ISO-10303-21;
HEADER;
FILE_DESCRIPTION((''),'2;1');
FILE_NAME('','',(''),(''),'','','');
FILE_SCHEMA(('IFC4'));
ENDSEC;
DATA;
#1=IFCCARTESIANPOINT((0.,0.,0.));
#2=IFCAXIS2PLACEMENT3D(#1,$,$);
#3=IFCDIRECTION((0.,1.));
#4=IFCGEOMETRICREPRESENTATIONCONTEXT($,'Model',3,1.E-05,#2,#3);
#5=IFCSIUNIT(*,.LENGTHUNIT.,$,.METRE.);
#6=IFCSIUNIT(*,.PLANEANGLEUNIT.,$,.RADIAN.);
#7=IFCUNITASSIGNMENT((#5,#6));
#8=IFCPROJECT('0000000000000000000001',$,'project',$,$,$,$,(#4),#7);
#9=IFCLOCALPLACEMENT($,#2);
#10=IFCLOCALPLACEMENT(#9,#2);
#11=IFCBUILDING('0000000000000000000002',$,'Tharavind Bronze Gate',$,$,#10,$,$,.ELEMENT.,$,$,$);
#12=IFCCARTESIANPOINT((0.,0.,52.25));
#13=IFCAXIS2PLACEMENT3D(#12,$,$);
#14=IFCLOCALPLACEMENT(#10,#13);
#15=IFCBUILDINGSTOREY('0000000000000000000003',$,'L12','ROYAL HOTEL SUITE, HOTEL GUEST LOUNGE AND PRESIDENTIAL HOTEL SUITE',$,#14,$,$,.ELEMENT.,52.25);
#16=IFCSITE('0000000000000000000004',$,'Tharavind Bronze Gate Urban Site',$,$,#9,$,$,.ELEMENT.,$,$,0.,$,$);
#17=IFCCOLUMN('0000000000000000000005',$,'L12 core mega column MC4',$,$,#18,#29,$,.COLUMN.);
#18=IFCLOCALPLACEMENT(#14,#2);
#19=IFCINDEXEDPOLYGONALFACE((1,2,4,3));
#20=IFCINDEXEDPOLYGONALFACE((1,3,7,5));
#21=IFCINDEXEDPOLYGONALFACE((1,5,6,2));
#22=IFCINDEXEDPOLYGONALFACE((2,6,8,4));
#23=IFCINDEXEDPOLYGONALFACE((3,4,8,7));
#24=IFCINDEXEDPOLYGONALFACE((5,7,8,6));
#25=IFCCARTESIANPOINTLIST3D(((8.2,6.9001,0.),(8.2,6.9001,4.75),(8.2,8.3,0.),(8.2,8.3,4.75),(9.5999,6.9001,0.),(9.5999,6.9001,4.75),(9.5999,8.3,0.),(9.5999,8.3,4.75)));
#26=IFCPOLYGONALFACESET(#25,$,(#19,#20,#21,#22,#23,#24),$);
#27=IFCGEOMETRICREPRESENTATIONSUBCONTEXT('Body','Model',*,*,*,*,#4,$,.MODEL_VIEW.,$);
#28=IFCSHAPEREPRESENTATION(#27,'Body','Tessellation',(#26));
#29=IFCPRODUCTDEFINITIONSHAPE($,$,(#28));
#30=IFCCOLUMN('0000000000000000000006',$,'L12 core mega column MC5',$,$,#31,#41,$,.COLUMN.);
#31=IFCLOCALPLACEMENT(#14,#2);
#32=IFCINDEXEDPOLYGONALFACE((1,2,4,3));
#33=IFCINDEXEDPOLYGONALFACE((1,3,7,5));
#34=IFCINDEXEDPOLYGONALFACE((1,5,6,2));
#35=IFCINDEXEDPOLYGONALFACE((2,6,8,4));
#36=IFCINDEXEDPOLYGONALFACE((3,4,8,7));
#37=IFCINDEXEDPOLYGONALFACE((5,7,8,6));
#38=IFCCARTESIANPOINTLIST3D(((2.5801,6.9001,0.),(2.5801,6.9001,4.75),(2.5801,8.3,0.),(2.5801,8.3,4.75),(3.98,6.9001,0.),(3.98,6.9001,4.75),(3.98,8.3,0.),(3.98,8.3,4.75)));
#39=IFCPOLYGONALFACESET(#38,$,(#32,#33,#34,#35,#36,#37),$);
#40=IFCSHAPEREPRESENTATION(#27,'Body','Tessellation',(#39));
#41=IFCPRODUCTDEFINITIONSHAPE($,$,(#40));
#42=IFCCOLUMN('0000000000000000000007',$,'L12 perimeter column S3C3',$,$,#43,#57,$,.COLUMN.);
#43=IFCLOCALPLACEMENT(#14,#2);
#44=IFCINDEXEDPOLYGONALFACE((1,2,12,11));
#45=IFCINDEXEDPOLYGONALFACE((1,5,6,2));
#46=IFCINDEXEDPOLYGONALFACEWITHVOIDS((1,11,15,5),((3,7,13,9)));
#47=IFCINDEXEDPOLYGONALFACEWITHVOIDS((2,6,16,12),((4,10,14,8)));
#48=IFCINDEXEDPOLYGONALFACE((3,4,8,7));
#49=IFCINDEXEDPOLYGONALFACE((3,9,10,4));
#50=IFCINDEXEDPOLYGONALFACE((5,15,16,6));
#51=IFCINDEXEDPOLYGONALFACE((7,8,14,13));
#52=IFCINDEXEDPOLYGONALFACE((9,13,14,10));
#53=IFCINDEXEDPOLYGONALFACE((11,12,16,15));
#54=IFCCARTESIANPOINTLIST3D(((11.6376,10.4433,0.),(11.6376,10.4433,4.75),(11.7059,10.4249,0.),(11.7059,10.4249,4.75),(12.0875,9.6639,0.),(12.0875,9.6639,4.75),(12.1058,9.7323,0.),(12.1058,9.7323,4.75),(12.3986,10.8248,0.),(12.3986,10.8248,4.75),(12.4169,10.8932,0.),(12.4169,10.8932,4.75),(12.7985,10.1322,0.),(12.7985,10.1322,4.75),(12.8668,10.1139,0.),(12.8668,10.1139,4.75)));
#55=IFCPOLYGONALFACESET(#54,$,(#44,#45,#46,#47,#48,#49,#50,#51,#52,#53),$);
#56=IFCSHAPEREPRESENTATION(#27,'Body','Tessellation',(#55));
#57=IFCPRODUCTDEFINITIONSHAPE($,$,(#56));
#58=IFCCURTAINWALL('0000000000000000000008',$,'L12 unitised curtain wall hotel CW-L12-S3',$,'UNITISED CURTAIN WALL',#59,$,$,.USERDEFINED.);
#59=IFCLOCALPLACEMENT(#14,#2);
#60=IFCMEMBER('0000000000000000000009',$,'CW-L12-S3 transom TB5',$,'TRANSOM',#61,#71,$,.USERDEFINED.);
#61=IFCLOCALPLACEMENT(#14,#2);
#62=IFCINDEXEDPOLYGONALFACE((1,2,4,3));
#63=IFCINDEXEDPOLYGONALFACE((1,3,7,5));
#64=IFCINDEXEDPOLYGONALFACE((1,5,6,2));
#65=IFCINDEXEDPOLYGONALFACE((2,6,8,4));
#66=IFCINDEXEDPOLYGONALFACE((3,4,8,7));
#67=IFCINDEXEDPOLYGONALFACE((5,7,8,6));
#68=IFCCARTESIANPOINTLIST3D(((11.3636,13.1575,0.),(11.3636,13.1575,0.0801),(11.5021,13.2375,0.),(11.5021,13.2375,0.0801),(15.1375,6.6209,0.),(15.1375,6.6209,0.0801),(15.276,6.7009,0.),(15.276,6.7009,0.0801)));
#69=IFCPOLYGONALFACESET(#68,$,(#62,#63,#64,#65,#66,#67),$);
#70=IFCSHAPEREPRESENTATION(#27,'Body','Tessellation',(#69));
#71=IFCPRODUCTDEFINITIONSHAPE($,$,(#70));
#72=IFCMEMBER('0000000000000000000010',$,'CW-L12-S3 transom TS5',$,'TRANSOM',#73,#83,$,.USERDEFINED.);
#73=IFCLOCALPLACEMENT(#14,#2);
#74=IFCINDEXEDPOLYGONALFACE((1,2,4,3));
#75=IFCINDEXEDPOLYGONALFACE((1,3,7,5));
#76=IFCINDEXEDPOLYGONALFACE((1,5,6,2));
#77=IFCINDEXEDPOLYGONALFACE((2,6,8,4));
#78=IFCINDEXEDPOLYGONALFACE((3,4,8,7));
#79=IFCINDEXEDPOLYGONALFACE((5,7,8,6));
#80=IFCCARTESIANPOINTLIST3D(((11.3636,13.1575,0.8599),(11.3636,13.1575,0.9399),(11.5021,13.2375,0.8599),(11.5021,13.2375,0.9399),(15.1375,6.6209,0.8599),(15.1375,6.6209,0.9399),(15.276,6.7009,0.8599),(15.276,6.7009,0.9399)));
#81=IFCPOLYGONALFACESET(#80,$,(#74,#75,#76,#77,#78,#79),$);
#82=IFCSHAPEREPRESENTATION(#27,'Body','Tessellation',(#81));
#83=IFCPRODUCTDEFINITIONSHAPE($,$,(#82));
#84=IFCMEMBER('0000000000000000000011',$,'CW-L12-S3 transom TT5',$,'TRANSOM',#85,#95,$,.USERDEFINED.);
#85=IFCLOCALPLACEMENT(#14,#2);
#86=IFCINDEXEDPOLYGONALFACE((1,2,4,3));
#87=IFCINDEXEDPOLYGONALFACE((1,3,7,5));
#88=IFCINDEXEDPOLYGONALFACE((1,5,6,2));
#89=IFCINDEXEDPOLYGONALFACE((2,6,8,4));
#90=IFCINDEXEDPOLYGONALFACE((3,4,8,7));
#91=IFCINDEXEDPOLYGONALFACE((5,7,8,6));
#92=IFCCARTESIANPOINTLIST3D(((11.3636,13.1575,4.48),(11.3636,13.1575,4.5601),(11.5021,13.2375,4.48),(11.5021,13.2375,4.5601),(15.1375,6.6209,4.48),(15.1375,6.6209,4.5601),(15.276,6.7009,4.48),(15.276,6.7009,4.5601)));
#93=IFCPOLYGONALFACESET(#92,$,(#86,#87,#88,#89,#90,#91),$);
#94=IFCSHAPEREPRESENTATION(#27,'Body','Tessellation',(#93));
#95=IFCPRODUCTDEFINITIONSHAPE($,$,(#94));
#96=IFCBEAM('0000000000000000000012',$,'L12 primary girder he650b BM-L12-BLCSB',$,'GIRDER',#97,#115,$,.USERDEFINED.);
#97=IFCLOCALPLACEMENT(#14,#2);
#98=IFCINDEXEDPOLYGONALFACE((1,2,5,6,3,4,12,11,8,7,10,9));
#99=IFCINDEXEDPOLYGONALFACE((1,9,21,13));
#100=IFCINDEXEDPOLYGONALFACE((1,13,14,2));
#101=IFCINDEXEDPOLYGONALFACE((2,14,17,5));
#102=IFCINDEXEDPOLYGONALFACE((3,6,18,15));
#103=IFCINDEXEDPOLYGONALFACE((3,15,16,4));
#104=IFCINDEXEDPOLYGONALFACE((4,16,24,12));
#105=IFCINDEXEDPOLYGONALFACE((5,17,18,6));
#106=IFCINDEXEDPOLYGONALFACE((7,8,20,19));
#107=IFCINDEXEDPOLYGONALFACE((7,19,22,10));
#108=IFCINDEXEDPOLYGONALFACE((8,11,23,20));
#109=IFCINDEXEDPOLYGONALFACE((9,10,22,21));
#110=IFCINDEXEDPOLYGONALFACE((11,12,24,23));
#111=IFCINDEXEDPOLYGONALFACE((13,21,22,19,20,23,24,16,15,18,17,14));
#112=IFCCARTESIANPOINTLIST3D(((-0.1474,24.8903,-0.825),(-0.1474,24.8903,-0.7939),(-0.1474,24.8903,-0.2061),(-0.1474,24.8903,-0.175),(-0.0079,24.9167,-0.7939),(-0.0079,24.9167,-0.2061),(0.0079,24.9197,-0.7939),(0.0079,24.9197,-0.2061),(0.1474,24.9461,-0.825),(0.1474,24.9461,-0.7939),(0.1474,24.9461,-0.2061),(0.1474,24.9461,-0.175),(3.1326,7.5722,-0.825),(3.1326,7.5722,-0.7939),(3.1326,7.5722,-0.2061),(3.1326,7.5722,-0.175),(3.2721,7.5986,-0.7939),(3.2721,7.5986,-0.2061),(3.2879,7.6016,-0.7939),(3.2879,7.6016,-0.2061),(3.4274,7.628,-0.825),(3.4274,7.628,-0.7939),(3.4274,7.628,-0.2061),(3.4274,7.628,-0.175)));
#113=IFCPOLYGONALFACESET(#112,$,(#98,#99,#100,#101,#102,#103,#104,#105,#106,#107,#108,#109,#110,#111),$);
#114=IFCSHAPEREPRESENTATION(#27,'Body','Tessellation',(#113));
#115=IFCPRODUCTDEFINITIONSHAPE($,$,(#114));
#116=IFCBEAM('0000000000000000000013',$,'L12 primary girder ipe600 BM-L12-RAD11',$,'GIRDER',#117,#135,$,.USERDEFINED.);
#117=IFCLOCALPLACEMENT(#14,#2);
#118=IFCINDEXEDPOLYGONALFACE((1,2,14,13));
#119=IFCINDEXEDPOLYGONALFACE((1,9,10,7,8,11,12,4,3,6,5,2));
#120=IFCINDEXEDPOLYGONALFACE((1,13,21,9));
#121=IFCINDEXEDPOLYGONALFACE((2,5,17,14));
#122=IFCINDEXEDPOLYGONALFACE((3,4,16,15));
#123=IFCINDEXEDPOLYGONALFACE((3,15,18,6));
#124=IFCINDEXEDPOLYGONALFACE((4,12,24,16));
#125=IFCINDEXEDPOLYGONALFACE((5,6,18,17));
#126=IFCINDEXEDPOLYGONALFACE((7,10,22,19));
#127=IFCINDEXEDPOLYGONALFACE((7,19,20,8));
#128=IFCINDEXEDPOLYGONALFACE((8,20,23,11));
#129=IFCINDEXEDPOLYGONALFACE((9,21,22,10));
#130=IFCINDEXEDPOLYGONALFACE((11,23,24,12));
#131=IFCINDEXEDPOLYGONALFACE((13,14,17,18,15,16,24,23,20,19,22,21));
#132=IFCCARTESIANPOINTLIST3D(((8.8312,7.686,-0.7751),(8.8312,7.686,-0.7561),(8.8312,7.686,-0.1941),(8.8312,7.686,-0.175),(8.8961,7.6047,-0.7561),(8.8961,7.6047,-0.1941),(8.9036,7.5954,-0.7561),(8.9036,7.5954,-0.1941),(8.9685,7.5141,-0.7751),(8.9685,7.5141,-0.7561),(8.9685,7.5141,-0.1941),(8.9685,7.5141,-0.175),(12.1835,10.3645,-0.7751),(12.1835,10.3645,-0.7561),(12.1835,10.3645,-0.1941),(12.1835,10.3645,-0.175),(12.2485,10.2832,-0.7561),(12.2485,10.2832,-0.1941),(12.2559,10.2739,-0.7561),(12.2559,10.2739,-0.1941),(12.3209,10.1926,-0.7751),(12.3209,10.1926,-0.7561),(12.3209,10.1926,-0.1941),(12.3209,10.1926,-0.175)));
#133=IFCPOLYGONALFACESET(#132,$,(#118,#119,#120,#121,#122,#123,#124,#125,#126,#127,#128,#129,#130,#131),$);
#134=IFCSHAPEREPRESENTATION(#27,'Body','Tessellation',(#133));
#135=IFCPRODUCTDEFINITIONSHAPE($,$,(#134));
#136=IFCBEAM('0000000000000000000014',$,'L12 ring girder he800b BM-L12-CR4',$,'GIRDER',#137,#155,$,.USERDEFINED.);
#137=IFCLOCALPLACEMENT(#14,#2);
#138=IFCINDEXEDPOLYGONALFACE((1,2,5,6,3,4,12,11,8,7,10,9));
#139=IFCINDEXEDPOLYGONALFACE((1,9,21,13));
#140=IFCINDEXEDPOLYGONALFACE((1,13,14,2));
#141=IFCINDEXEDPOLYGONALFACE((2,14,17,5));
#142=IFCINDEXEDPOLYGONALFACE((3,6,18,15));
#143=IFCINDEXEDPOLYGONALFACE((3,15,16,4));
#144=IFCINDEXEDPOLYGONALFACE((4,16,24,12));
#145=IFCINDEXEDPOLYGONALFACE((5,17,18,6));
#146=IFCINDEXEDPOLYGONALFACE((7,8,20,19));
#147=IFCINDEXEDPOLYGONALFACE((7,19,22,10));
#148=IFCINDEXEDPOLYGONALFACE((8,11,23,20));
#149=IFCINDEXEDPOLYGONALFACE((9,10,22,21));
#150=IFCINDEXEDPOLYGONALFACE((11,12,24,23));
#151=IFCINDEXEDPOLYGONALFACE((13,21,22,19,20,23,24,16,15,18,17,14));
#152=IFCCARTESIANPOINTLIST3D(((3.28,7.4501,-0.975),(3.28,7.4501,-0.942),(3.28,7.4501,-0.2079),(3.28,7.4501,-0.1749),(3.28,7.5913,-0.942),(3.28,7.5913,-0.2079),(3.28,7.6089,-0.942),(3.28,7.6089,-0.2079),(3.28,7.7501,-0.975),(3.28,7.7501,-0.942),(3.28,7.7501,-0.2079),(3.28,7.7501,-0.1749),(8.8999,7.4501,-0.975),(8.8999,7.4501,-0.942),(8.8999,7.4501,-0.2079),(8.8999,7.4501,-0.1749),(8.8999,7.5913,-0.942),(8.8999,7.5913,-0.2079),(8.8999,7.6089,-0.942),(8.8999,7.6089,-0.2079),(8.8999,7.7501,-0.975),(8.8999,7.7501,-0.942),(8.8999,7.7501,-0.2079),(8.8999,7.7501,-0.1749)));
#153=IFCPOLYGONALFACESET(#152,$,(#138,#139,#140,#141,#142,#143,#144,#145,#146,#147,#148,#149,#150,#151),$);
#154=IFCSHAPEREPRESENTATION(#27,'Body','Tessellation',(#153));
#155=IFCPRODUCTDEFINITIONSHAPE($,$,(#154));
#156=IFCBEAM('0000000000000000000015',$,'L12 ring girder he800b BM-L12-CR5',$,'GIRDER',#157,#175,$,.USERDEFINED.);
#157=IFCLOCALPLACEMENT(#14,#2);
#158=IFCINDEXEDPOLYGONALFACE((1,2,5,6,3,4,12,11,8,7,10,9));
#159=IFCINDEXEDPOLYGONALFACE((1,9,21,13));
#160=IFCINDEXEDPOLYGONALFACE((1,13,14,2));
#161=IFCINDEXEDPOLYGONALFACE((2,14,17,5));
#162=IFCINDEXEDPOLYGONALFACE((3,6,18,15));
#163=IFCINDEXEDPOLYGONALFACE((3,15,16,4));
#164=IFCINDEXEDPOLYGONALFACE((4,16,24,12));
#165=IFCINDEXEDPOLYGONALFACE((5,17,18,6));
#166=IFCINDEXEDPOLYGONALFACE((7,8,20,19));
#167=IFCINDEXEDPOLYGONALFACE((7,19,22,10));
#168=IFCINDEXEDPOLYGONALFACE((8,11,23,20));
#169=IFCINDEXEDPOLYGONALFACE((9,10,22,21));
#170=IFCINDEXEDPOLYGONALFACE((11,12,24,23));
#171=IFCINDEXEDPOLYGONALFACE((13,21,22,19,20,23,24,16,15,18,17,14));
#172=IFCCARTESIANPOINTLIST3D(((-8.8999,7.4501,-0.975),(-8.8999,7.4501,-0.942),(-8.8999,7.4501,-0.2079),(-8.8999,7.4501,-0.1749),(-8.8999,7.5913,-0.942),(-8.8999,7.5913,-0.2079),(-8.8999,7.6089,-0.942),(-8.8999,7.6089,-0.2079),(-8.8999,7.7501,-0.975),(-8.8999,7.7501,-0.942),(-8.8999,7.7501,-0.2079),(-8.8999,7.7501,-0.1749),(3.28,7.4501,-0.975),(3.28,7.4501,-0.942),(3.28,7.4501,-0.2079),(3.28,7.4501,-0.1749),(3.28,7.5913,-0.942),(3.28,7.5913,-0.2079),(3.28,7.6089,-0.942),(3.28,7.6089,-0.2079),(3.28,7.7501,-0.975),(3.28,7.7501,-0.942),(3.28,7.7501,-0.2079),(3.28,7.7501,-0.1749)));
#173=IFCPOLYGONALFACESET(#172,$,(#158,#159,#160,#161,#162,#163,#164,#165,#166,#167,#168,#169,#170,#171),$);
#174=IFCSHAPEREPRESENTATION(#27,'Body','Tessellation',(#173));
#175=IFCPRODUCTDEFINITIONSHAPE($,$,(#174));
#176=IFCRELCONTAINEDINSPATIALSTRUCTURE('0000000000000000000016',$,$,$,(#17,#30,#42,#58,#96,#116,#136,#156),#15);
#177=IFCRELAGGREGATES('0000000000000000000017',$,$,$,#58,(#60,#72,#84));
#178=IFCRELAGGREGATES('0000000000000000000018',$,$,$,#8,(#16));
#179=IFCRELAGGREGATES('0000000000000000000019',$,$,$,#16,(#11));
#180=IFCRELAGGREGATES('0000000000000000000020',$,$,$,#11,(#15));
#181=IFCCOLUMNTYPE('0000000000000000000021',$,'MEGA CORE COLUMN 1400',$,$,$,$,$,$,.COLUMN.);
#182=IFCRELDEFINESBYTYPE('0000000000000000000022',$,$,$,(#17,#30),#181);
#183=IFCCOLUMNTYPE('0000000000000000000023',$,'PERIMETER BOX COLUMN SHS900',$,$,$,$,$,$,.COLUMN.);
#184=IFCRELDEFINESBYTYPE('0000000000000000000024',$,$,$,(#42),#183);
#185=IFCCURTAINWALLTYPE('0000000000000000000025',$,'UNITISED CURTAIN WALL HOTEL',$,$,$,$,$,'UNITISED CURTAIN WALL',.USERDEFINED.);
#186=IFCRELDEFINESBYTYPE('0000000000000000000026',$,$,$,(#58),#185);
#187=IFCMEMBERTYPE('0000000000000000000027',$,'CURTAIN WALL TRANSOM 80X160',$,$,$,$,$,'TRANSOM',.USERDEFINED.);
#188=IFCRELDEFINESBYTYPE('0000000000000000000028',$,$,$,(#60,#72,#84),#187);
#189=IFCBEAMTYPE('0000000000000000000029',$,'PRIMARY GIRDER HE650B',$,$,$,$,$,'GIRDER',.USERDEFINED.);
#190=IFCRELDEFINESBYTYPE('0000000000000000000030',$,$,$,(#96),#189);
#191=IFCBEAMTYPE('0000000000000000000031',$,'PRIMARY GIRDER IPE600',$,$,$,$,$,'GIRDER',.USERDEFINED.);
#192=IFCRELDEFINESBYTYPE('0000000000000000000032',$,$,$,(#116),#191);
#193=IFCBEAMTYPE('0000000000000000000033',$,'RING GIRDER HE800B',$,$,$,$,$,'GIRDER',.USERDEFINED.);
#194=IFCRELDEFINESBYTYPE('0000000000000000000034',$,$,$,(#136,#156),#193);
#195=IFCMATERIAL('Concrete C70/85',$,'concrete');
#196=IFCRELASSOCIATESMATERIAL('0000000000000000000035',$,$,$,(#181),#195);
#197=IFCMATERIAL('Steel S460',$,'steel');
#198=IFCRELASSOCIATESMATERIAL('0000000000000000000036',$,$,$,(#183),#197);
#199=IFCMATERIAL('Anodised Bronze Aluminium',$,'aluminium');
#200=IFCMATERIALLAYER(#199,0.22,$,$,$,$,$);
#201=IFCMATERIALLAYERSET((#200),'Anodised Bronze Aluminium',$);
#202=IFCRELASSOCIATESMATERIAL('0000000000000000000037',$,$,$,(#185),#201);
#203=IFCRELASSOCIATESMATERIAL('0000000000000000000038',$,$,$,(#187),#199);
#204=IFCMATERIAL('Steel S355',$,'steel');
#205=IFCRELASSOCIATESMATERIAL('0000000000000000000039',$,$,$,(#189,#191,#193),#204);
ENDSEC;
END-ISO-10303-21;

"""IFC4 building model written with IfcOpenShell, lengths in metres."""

from ifc_helpers import new_model, si_unit, direction, frame, origin, origin_2d, place, context, subcontext, project, spatial, rectangle, hollow_rectangle, i_section, extrude, material, layer, layer_set, material_profile, profile_set, type_object, element, aggregate, save


model = new_model("IFC4")

# Units and contexts
model_context = context("Model", 3, precision=1e-05, world=origin(), true_north=direction((0.0, 1.0)))
body_context = subcontext(model_context, "Body", "Model", "MODEL_VIEW")
ifc_project = project(units=[si_unit("LENGTHUNIT", "METRE"), si_unit("PLANEANGLEUNIT", "RADIAN")], contexts=[model_context])

# Site, building, storey
site_placement = place(None, origin())
site = spatial("IfcSite", under=ifc_project, at=site_placement, Name="Tharavind Bronze Gate Urban Site", CompositionType="ELEMENT", RefElevation=0.0)
building_placement = place(site_placement, origin())
building = spatial("IfcBuilding", under=site, at=building_placement, Name="Tharavind Bronze Gate", CompositionType="ELEMENT")
storey_placement = place(building_placement, frame((0.0, 0.0, 52.25)))
storey = spatial("IfcBuildingStorey", under=building, at=storey_placement, Name="L12", Description="ROYAL HOTEL SUITE, HOTEL GUEST LOUNGE AND PRESIDENTIAL HOTEL SUITE", CompositionType="ELEMENT", Elevation=52.25)

# Columns
ifc_material_1 = material(Name="Concrete C70/85", Category="concrete")
ifc_material_profile_1 = material_profile(ifc_material_1, rectangle(XDim=1.3999, YDim=1.3999, at=origin_2d()), Name="RCCOL1400")
ifc_profile_set_1 = profile_set([ifc_material_profile_1], Name="Concrete C70/85")
column_type_1 = type_object("IfcColumnType", Name="MEGA CORE COLUMN 1400", PredefinedType="COLUMN", material=ifc_profile_set_1)
for number, where, z_axis, x_axis, name in (
    (1, (8.8999, 7.6001, 0.0), (0.0, 0.0, 1.0), (1.0, 0.0, 0.0), "L12 core mega column MC4"),
    (2, (3.28, 7.6001, 0.0), (0.0, 0.0, 1.0), (1.0, 0.0, 0.0), "L12 core mega column MC5"),
):
    element("IfcColumn", number, at=place(storey_placement, frame(where, z_axis=z_axis, x_axis=x_axis)), inside=storey, type_object=column_type_1, Name=name, PredefinedType="COLUMN", context=body_context, shape_type="SweptSolid", body=[
        extrude(rectangle(XDim=1.3999, YDim=1.3999, at=origin_2d()), origin(), (0.0, 0.0, 1.0), 4.75),
    ])
ifc_material_2 = material(Name="Steel S460", Category="steel")
ifc_material_profile_2 = material_profile(ifc_material_2, hollow_rectangle(XDim=0.8999, YDim=0.8999, WallThickness=0.05, at=origin_2d()), Name="SHS900X50")
ifc_profile_set_2 = profile_set([ifc_material_profile_2], Name="Steel S460")
column_type_2 = type_object("IfcColumnType", Name="PERIMETER BOX COLUMN SHS900", PredefinedType="COLUMN", material=ifc_profile_set_2)
column_placement = place(storey_placement, frame((12.2522, 10.2786, 0.0), z_axis=(0.0, 0.0, 1.0), x_axis=(-0.500002, 0.866025, 0.0)))
element("IfcColumn", 3, at=column_placement, inside=storey, type_object=column_type_2, Name="L12 perimeter column S3C3", PredefinedType="COLUMN", context=body_context, shape_type="SweptSolid", body=[
    extrude(hollow_rectangle(XDim=0.8999, YDim=0.8999, WallThickness=0.05, at=origin_2d()), origin(), (0.0, 0.0, 1.0), 4.75),
])

# Curtain wall, members
ifc_material_3 = material(Name="Anodised Bronze Aluminium", Category="aluminium")
ifc_layer_1 = layer(ifc_material_3, 0.22)
ifc_layer_set_1 = layer_set([ifc_layer_1], Name="Anodised Bronze Aluminium")
curtain_wall_type = type_object("IfcCurtainWallType", Name="UNITISED CURTAIN WALL HOTEL", ElementType="UNITISED CURTAIN WALL", PredefinedType="USERDEFINED", material=ifc_layer_set_1)
curtain_wall_placement = place(storey_placement, origin())
curtain_wall = element("IfcCurtainWall", 4, at=curtain_wall_placement, inside=storey, type_object=curtain_wall_type, Name="L12 unitised curtain wall hotel CW-L12-S3", ObjectType="UNITISED CURTAIN WALL", PredefinedType="USERDEFINED")
member_type = type_object("IfcMemberType", Name="CURTAIN WALL TRANSOM 80X160", ElementType="TRANSOM", PredefinedType="USERDEFINED", material=ifc_material_3)
member_1_placement = place(storey_placement, frame((13.3198, 9.9292, 0.0), z_axis=(0.0, 0.0, 1.0), x_axis=(-0.500002, 0.866025, 0.0)))
member_1 = element("IfcMember", 5, at=member_1_placement, type_object=member_type, Name="CW-L12-S3 transom TB5", ObjectType="TRANSOM", PredefinedType="USERDEFINED", context=body_context, shape_type="SweptSolid", body=[
    extrude(rectangle(XDim=7.5479, YDim=0.1599, at=origin_2d()), origin(), (0.0, 0.0, 1.0), 0.0801),
])
member_2_placement = place(storey_placement, frame((13.3198, 9.9292, 0.8599), z_axis=(0.0, 0.0, 1.0), x_axis=(-0.500002, 0.866025, 0.0)))
member_2 = element("IfcMember", 6, at=member_2_placement, type_object=member_type, Name="CW-L12-S3 transom TS5", ObjectType="TRANSOM", PredefinedType="USERDEFINED", context=body_context, shape_type="SweptSolid", body=[
    extrude(rectangle(XDim=7.5479, YDim=0.1599, at=origin_2d()), origin(), (0.0, 0.0, 1.0), 0.0801),
])
member_3_placement = place(storey_placement, frame((13.3198, 9.9292, 4.48), z_axis=(0.0, 0.0, 1.0), x_axis=(-0.500002, 0.866025, 0.0)))
member_3 = element("IfcMember", 7, at=member_3_placement, type_object=member_type, Name="CW-L12-S3 transom TT5", ObjectType="TRANSOM", PredefinedType="USERDEFINED", context=body_context, shape_type="SweptSolid", body=[
    extrude(rectangle(XDim=7.5479, YDim=0.1599, at=origin_2d()), origin(), (0.0, 0.0, 1.0), 0.0801),
])

# Beams
ifc_material_4 = material(Name="Steel S355", Category="steel")
ifc_material_profile_3 = material_profile(ifc_material_4, i_section(OverallWidth=0.3, OverallDepth=0.6499, WebThickness=0.0161, FlangeThickness=0.031, at=origin_2d()), Name="HE650B")
ifc_profile_set_3 = profile_set([ifc_material_profile_3], Name="Steel S355")
beam_type_1 = type_object("IfcBeamType", Name="PRIMARY GIRDER HE650B", ElementType="GIRDER", PredefinedType="USERDEFINED", material=ifc_profile_set_3)
beam_1_placement = place(storey_placement, frame((3.28, 7.6001, -0.5), z_axis=(-0.18609, 0.982533, 0.0), x_axis=(-0.982533, -0.18609, 0.0)))
element("IfcBeam", 8, at=beam_1_placement, inside=storey, type_object=beam_type_1, Name="L12 primary girder he650b BM-L12-BLCSB", ObjectType="GIRDER", PredefinedType="USERDEFINED", context=body_context, shape_type="SweptSolid", body=[
    extrude(i_section(OverallWidth=0.3, OverallDepth=0.6499, WebThickness=0.0161, FlangeThickness=0.031, at=origin_2d()), origin(), (0.0, 0.0, 1.0), 17.626),
])
ifc_material_profile_4 = material_profile(ifc_material_4, i_section(OverallWidth=0.22, OverallDepth=0.6001, WebThickness=0.012, FlangeThickness=0.019, at=origin_2d()), Name="IPE600")
ifc_profile_set_4 = profile_set([ifc_material_profile_4], Name="Steel S355")
beam_type_2 = type_object("IfcBeamType", Name="PRIMARY GIRDER IPE600", ElementType="GIRDER", PredefinedType="USERDEFINED", material=ifc_profile_set_4)
beam_2_placement = place(storey_placement, frame((12.2522, 10.2786, -0.4751), z_axis=(-0.781252, -0.624216, 0.0), x_axis=(0.624216, -0.781252, 0.0)))
element("IfcBeam", 9, at=beam_2_placement, inside=storey, type_object=beam_type_2, Name="L12 primary girder ipe600 BM-L12-RAD11", ObjectType="GIRDER", PredefinedType="USERDEFINED", context=body_context, shape_type="SweptSolid", body=[
    extrude(i_section(OverallWidth=0.22, OverallDepth=0.6001, WebThickness=0.012, FlangeThickness=0.019, at=origin_2d()), origin(), (0.0, 0.0, 1.0), 4.291),
])
ifc_material_profile_5 = material_profile(ifc_material_4, i_section(OverallWidth=0.3, OverallDepth=0.8, WebThickness=0.0176, FlangeThickness=0.033, at=origin_2d()), Name="HE800B")
ifc_profile_set_5 = profile_set([ifc_material_profile_5], Name="Steel S355")
beam_type_3 = type_object("IfcBeamType", Name="RING GIRDER HE800B", ElementType="GIRDER", PredefinedType="USERDEFINED", material=ifc_profile_set_5)
beam_3_placement = place(storey_placement, frame((8.8999, 7.6001, -0.575), z_axis=(-1.0, 0.0, 0.0), x_axis=(0.0, -1.0, 0.0)))
element("IfcBeam", 10, at=beam_3_placement, inside=storey, type_object=beam_type_3, Name="L12 ring girder he800b BM-L12-CR4", ObjectType="GIRDER", PredefinedType="USERDEFINED", context=body_context, shape_type="SweptSolid", body=[
    extrude(i_section(OverallWidth=0.3, OverallDepth=0.8, WebThickness=0.0176, FlangeThickness=0.033, at=origin_2d()), origin(), (0.0, 0.0, 1.0), 5.6199),
])
beam_4_placement = place(storey_placement, frame((3.28, 7.6001, -0.575), z_axis=(-1.0, 0.0, 0.0), x_axis=(0.0, -1.0, 0.0)))
element("IfcBeam", 11, at=beam_4_placement, inside=storey, type_object=beam_type_3, Name="L12 ring girder he800b BM-L12-CR5", ObjectType="GIRDER", PredefinedType="USERDEFINED", context=body_context, shape_type="SweptSolid", body=[
    extrude(i_section(OverallWidth=0.3, OverallDepth=0.8, WebThickness=0.0176, FlangeThickness=0.033, at=origin_2d()), origin(), (0.0, 0.0, 1.0), 12.1799),
])

aggregate(curtain_wall, [member_1, member_2, member_3])

save(model, "model.ifc")
